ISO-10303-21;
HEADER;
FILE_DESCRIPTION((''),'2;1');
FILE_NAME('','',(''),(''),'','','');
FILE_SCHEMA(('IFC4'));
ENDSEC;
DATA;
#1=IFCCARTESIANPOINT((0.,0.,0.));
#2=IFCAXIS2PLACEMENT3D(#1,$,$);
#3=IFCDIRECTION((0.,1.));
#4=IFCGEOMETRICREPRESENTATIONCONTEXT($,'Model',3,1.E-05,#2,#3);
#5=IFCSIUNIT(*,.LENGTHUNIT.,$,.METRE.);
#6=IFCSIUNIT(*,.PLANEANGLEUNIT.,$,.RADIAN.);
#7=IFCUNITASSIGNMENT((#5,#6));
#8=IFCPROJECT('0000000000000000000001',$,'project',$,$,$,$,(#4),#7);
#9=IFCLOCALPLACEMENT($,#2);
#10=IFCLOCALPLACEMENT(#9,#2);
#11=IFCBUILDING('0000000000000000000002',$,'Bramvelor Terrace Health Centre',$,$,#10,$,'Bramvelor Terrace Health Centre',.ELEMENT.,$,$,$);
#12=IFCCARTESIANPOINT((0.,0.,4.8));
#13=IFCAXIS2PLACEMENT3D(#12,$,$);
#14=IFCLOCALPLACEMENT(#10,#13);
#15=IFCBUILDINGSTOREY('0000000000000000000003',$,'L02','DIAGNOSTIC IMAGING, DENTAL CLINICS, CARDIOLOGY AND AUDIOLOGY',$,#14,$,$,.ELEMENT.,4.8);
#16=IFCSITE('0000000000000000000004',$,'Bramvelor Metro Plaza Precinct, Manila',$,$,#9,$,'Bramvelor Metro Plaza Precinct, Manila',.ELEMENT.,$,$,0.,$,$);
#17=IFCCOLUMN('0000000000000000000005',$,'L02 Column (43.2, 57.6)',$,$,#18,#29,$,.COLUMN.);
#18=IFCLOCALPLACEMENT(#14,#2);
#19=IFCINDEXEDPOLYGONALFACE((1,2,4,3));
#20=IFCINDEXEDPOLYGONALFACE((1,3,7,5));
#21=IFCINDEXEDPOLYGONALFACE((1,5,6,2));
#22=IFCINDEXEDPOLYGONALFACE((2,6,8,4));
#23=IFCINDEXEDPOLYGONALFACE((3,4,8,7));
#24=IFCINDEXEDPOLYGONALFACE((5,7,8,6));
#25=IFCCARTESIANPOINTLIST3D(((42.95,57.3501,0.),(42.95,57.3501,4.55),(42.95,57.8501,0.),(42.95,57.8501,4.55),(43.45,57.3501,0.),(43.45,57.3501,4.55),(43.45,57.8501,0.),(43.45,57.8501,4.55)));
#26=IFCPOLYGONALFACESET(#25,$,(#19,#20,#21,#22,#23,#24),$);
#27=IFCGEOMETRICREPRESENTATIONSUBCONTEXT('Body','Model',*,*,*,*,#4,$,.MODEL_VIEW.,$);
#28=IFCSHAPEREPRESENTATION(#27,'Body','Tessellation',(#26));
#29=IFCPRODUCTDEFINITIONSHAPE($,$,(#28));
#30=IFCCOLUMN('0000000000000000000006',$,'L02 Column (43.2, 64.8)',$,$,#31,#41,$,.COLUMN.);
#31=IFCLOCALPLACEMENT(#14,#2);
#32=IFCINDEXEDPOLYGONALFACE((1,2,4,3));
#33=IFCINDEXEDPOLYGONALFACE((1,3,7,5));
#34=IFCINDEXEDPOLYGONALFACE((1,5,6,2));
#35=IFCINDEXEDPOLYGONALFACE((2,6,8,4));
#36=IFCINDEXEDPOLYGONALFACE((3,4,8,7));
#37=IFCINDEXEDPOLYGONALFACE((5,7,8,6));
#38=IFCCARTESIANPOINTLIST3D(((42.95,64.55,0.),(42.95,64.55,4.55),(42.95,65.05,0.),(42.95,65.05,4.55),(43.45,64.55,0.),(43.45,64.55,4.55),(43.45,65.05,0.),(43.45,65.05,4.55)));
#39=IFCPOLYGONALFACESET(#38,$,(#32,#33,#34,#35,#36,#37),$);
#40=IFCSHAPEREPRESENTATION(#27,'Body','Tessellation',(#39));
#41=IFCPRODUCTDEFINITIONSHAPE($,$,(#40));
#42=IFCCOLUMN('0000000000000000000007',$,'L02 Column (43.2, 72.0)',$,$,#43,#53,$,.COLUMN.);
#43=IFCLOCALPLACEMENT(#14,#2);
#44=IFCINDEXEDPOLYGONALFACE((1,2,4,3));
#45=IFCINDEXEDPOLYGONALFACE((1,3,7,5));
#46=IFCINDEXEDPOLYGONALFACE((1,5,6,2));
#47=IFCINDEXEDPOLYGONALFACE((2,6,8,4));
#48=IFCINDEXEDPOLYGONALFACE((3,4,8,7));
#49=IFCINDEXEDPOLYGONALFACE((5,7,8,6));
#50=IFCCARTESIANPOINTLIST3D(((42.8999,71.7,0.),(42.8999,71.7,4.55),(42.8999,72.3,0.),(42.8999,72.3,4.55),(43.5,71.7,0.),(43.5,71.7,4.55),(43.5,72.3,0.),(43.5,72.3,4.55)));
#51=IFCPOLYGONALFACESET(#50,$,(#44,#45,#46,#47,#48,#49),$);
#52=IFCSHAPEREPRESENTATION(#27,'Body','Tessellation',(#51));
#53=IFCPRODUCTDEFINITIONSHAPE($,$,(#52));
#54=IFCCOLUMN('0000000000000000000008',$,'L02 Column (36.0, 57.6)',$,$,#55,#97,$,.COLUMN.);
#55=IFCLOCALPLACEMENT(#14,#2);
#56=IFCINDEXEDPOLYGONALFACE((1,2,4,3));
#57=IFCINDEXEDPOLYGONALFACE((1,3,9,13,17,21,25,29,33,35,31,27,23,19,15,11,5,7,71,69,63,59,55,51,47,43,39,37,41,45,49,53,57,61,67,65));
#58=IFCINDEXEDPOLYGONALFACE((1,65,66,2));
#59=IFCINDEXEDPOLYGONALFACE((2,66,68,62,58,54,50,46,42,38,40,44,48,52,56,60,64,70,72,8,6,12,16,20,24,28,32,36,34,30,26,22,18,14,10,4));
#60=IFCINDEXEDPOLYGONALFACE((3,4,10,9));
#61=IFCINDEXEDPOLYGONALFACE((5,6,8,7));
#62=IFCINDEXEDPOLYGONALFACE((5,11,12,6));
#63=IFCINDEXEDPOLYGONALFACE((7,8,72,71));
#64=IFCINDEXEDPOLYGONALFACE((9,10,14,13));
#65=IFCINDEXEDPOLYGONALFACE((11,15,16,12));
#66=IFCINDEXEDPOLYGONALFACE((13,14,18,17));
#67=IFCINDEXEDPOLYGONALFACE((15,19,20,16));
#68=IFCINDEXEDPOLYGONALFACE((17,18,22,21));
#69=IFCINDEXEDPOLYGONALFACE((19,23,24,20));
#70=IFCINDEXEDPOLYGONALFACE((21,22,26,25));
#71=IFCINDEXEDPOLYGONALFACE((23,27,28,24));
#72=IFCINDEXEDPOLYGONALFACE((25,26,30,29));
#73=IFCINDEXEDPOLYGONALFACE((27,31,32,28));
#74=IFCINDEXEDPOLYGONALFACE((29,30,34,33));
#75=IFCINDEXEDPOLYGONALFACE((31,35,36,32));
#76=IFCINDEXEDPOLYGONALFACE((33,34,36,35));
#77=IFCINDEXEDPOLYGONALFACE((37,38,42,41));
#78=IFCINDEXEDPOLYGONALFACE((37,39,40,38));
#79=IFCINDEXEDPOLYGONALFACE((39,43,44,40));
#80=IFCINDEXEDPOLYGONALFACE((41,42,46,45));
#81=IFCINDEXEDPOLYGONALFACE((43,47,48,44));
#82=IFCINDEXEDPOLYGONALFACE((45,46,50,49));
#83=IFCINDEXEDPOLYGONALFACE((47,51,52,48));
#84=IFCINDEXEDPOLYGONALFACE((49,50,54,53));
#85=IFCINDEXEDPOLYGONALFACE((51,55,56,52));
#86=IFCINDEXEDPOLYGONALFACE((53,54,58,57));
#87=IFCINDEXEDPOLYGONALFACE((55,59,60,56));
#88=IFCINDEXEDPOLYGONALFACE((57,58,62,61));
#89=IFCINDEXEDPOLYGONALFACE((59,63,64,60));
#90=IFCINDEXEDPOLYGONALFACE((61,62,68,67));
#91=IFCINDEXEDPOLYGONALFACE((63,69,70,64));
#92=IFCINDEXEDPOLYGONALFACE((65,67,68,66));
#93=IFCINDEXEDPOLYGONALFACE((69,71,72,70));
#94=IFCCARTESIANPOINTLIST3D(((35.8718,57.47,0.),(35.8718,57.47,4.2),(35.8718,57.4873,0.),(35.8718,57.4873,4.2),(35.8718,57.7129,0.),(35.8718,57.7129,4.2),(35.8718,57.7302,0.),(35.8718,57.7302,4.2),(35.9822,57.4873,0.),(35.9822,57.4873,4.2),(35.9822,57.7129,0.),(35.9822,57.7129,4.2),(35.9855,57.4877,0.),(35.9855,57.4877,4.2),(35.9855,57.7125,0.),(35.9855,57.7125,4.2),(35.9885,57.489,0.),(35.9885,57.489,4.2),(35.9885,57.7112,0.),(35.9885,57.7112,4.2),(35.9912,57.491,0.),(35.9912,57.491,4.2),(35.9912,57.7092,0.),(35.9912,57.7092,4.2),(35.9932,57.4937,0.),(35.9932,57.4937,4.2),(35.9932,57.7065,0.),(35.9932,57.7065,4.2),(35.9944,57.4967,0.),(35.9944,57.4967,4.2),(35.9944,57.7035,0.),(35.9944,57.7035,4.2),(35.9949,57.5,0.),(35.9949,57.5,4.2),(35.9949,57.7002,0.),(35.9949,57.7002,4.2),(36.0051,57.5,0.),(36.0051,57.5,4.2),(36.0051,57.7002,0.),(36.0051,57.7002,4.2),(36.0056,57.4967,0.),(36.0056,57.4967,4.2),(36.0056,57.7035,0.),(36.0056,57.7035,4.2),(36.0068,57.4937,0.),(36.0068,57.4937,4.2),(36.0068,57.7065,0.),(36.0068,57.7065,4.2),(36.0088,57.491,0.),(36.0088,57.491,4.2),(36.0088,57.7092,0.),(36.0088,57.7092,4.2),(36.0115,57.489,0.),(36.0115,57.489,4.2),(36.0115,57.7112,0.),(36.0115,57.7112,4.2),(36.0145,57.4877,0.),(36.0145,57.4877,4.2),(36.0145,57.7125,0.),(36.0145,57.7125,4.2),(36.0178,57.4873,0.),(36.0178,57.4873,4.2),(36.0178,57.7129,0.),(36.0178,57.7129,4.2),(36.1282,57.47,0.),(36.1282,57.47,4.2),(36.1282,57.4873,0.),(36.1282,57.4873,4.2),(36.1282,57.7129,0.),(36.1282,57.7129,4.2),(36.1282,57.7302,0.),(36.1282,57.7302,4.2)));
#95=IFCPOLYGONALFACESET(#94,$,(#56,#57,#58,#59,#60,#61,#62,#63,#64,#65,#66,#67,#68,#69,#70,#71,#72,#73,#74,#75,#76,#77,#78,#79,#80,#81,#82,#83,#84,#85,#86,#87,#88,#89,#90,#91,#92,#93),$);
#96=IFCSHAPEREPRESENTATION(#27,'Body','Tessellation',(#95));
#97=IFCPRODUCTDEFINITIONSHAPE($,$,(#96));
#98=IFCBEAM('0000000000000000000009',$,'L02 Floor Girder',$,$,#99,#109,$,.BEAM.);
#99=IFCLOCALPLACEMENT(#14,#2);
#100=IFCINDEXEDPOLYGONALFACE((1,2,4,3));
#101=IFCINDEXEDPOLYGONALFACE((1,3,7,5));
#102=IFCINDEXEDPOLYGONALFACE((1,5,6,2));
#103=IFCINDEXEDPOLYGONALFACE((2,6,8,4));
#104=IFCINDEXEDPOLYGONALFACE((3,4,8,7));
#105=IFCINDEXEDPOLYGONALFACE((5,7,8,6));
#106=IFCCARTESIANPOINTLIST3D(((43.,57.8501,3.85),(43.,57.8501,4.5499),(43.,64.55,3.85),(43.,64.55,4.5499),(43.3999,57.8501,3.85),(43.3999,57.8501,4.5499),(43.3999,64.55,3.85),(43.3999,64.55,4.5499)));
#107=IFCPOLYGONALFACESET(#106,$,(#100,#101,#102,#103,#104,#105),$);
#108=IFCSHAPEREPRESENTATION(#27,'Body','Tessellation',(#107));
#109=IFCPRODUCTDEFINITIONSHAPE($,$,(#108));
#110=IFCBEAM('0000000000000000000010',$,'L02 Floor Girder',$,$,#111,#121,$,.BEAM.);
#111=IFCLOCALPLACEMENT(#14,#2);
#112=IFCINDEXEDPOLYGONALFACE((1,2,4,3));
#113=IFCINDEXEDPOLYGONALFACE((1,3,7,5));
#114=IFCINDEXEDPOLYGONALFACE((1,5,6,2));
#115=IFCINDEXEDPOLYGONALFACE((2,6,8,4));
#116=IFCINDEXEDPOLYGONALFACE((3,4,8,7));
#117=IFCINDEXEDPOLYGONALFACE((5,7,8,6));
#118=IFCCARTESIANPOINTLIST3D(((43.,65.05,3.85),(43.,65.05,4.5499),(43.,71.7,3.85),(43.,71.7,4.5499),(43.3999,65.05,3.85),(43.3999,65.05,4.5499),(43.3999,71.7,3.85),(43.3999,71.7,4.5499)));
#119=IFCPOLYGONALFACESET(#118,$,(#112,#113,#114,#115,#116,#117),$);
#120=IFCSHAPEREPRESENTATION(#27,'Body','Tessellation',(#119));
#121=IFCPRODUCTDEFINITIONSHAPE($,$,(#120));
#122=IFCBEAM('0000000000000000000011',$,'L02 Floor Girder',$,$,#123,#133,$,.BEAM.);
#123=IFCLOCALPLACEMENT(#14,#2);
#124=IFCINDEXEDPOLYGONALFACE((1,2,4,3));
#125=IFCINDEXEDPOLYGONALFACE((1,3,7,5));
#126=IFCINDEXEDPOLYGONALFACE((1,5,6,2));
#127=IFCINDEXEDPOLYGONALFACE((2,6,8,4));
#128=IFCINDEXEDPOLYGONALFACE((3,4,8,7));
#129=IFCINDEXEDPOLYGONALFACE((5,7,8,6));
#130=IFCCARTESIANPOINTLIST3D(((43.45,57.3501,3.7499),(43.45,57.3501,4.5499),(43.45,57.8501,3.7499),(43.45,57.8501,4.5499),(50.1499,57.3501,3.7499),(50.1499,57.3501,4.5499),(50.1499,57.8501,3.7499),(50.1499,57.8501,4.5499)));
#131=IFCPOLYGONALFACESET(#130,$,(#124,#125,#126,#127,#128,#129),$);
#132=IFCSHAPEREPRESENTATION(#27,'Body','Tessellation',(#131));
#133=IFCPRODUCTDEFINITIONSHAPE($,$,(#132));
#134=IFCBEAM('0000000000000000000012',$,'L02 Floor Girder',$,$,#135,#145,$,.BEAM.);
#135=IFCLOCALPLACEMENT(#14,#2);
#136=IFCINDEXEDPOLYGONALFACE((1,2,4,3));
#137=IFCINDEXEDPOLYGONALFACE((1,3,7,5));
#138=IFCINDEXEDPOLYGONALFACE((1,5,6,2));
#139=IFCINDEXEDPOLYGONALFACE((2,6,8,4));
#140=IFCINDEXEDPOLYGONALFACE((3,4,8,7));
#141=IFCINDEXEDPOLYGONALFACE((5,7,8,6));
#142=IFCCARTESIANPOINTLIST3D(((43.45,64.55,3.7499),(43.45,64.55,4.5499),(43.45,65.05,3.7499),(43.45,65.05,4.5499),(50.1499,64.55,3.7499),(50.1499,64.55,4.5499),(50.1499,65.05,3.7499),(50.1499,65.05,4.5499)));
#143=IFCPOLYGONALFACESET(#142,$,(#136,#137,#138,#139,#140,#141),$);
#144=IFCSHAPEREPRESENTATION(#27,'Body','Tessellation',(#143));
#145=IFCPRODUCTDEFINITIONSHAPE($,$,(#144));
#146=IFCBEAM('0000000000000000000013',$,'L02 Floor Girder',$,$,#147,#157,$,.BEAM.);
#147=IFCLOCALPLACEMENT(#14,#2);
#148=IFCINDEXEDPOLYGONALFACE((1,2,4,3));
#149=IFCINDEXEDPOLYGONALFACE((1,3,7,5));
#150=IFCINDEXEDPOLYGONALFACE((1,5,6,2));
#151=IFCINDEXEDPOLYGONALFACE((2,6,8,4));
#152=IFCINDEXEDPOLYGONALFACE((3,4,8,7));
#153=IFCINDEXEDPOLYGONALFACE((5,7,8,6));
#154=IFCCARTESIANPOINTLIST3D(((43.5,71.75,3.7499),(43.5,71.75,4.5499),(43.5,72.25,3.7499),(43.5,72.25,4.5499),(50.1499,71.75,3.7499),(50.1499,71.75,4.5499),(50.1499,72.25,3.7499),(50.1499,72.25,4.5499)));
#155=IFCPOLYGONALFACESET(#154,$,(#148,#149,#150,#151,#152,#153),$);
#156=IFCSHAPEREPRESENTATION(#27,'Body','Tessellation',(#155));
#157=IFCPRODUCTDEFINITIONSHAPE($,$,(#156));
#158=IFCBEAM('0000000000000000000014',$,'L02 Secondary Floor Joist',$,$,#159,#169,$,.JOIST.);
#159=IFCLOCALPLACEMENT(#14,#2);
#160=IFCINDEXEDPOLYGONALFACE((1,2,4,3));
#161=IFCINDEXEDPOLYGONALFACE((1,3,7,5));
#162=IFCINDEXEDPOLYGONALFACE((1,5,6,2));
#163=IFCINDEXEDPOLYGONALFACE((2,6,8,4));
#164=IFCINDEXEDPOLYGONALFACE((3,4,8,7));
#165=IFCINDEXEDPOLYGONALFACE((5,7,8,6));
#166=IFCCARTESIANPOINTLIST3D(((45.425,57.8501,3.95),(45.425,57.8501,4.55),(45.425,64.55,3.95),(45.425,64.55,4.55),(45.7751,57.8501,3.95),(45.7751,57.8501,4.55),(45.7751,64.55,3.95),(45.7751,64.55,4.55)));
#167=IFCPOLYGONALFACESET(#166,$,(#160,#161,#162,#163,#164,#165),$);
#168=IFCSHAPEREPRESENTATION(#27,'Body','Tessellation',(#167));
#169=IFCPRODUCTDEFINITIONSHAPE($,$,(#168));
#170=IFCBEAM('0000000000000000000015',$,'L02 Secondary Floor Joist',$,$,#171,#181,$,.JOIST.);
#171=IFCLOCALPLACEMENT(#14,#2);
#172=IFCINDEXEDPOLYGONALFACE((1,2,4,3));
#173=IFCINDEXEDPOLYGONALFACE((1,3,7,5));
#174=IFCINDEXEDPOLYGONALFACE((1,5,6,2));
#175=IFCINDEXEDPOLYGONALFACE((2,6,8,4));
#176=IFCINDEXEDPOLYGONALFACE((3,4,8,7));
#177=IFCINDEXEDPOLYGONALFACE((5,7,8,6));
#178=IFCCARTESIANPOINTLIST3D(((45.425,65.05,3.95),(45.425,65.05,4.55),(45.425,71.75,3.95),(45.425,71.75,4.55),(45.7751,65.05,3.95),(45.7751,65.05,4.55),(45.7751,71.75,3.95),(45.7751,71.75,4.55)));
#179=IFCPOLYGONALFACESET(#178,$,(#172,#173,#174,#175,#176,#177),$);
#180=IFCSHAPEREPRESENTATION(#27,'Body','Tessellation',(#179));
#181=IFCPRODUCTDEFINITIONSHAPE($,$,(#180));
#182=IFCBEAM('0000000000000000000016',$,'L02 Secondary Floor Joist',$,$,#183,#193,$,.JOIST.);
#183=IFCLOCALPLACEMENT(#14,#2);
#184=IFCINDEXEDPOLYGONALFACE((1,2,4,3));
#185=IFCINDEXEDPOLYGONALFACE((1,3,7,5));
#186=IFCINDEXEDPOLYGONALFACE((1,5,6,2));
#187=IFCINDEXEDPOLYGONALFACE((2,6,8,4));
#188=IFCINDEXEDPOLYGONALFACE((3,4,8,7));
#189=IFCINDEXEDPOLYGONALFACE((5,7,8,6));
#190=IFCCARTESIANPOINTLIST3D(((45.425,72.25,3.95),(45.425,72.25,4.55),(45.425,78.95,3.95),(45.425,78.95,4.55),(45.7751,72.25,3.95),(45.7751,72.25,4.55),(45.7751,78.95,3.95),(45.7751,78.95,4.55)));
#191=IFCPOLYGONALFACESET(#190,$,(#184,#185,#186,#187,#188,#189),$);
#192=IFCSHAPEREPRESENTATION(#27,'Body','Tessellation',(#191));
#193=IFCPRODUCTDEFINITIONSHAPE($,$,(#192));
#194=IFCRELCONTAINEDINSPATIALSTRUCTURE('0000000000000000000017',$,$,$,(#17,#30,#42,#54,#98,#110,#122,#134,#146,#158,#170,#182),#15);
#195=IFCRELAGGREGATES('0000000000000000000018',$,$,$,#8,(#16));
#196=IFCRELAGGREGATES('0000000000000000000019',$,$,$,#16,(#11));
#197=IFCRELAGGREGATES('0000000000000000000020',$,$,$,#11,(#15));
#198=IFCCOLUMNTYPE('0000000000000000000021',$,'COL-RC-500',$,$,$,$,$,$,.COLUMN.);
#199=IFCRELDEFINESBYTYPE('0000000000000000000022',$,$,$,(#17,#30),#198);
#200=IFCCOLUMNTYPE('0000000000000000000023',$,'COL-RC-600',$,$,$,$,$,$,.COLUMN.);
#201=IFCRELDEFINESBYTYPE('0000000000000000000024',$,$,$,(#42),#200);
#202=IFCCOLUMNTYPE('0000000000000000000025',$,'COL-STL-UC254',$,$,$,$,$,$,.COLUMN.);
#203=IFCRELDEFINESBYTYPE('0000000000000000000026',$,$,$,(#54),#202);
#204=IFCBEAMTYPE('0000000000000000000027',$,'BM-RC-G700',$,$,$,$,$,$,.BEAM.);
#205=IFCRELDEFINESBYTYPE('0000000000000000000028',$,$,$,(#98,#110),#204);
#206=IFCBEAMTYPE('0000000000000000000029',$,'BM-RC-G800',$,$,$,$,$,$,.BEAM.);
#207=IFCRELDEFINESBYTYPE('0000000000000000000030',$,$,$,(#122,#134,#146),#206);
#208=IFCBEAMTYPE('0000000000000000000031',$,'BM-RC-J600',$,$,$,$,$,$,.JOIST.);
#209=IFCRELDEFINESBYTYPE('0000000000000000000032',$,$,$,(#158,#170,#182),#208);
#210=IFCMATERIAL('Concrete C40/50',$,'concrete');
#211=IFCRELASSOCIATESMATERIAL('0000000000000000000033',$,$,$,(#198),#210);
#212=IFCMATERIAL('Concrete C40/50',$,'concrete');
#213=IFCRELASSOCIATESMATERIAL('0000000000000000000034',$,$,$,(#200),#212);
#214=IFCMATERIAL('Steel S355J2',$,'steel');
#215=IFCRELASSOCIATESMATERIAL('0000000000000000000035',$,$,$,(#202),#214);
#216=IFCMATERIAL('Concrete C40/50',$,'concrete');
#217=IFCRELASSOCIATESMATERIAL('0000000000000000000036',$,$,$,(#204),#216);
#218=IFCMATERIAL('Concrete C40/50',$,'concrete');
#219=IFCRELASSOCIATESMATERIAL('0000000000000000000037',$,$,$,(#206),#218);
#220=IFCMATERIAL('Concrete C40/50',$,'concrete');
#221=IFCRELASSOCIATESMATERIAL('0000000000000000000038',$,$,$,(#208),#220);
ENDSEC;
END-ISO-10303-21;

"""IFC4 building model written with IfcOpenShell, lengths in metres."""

from ifc_helpers import new_model, si_unit, direction, frame, origin, origin_2d, place, context, subcontext, project, spatial, rectangle, i_section, extrude, material, material_profile, profile_set, type_object, element, save


model = new_model("IFC4")

# Units and contexts
model_context = context("Model", 3, precision=1e-05, world=origin(), true_north=direction((0.0, 1.0)))
body_context = subcontext(model_context, "Body", "Model", "MODEL_VIEW")
ifc_project = project(units=[si_unit("LENGTHUNIT", "METRE"), si_unit("PLANEANGLEUNIT", "RADIAN")], contexts=[model_context])

# Site, building, storey
site_placement = place(None, origin())
site = spatial("IfcSite", under=ifc_project, at=site_placement, Name="Bramvelor Metro Plaza Precinct, Manila", LongName="Bramvelor Metro Plaza Precinct, Manila", CompositionType="ELEMENT", RefElevation=0.0)
building_placement = place(site_placement, origin())
building = spatial("IfcBuilding", under=site, at=building_placement, Name="Bramvelor Terrace Health Centre", LongName="Bramvelor Terrace Health Centre", CompositionType="ELEMENT")
storey_placement = place(building_placement, frame((0.0, 0.0, 4.8)))
storey = spatial("IfcBuildingStorey", under=building, at=storey_placement, Name="L02", Description="DIAGNOSTIC IMAGING, DENTAL CLINICS, CARDIOLOGY AND AUDIOLOGY", CompositionType="ELEMENT", Elevation=4.8)

# Columns
ifc_material_1 = material(Name="Concrete C40/50", Category="concrete")
ifc_material_profile_1 = material_profile(ifc_material_1, rectangle(XDim=0.5, YDim=0.5, at=origin_2d()), Name="RC 500x500")
ifc_profile_set_1 = profile_set([ifc_material_profile_1], Name="Concrete C40/50")
column_type_1 = type_object("IfcColumnType", Name="COL-RC-500", PredefinedType="COLUMN", material=ifc_profile_set_1)
for number, where, z_axis, x_axis, name in (
    (1, (43.2, 57.6001, 0.0), (0.0, 0.0, 1.0), (1.0, 0.0, 0.0), "L02 Column (43.2, 57.6)"),
    (2, (43.2, 64.8, 0.0), (0.0, 0.0, 1.0), (1.0, 0.0, 0.0), "L02 Column (43.2, 64.8)"),
):
    element("IfcColumn", number, at=place(storey_placement, frame(where, z_axis=z_axis, x_axis=x_axis)), inside=storey, type_object=column_type_1, Name=name, PredefinedType="COLUMN", context=body_context, shape_type="SweptSolid", body=[
        extrude(rectangle(XDim=0.5, YDim=0.5, at=origin_2d()), origin(), (0.0, 0.0, 1.0), 4.55),
    ])
ifc_material_2 = material(Name="Concrete C40/50", Category="concrete")
ifc_material_profile_2 = material_profile(ifc_material_2, rectangle(XDim=0.6001, YDim=0.6001, at=origin_2d()), Name="RC 600x600")
ifc_profile_set_2 = profile_set([ifc_material_profile_2], Name="Concrete C40/50")
column_type_2 = type_object("IfcColumnType", Name="COL-RC-600", PredefinedType="COLUMN", material=ifc_profile_set_2)
column_1_placement = place(storey_placement, frame((43.2, 72.0, 0.0), z_axis=(0.0, 0.0, 1.0), x_axis=(1.0, 0.0, 0.0)))
element("IfcColumn", 3, at=column_1_placement, inside=storey, type_object=column_type_2, Name="L02 Column (43.2, 72.0)", PredefinedType="COLUMN", context=body_context, shape_type="SweptSolid", body=[
    extrude(rectangle(XDim=0.6001, YDim=0.6001, at=origin_2d()), origin(), (0.0, 0.0, 1.0), 4.55),
])
ifc_material_3 = material(Name="Steel S355J2", Category="steel")
ifc_material_profile_3 = material_profile(ifc_material_3, i_section(OverallWidth=0.2563, OverallDepth=0.2603, WebThickness=0.0103, FlangeThickness=0.0173, FilletRadius=0.0127, at=origin_2d()), Name="UC 254x254x89")
ifc_profile_set_3 = profile_set([ifc_material_profile_3], Name="Steel S355J2")
column_type_3 = type_object("IfcColumnType", Name="COL-STL-UC254", PredefinedType="COLUMN", material=ifc_profile_set_3)
column_2_placement = place(storey_placement, frame((36.0, 57.6001, 0.0), z_axis=(0.0, 0.0, 1.0), x_axis=(1.0, 0.0, 0.0)))
element("IfcColumn", 4, at=column_2_placement, inside=storey, type_object=column_type_3, Name="L02 Column (36.0, 57.6)", PredefinedType="COLUMN", context=body_context, shape_type="SweptSolid", body=[
    extrude(i_section(OverallWidth=0.2563, OverallDepth=0.2603, WebThickness=0.0103, FlangeThickness=0.0173, FilletRadius=0.0127, at=origin_2d()), origin(), (0.0, 0.0, 1.0), 4.2),
])

# Beams
ifc_material_4 = material(Name="Concrete C40/50", Category="concrete")
ifc_material_profile_4 = material_profile(ifc_material_4, rectangle(XDim=0.3999, YDim=0.7, at=origin_2d()), Name="RC 400x700")
ifc_profile_set_4 = profile_set([ifc_material_profile_4], Name="Concrete C40/50")
beam_type_1 = type_object("IfcBeamType", Name="BM-RC-G700", PredefinedType="BEAM", material=ifc_profile_set_4)
beam_1_placement = place(storey_placement, frame((43.2, 57.8501, 4.2), z_axis=(0.0, 1.0, 0.0), x_axis=(-1.0, 0.0, 0.0)))
element("IfcBeam", 5, at=beam_1_placement, inside=storey, type_object=beam_type_1, Name="L02 Floor Girder", PredefinedType="BEAM", context=body_context, shape_type="SweptSolid", body=[
    extrude(rectangle(XDim=0.3999, YDim=0.7, at=origin_2d()), origin(), (0.0, 0.0, 1.0), 6.7),
])
beam_2_placement = place(storey_placement, frame((43.2, 65.05, 4.2), z_axis=(0.0, 1.0, 0.0), x_axis=(-1.0, 0.0, 0.0)))
element("IfcBeam", 6, at=beam_2_placement, inside=storey, type_object=beam_type_1, Name="L02 Floor Girder", PredefinedType="BEAM", context=body_context, shape_type="SweptSolid", body=[
    extrude(rectangle(XDim=0.3999, YDim=0.7, at=origin_2d()), origin(), (0.0, 0.0, 1.0), 6.6499),
])
ifc_material_5 = material(Name="Concrete C40/50", Category="concrete")
ifc_material_profile_5 = material_profile(ifc_material_5, rectangle(XDim=0.5, YDim=0.8, at=origin_2d()), Name="RC 500x800")
ifc_profile_set_5 = profile_set([ifc_material_profile_5], Name="Concrete C40/50")
beam_type_2 = type_object("IfcBeamType", Name="BM-RC-G800", PredefinedType="BEAM", material=ifc_profile_set_5)
for number, where, z_axis, x_axis, name in (
    (7, (43.45, 57.6001, 4.1499), (1.0, 0.0, 0.0), (0.0, 1.0, 0.0), "L02 Floor Girder"),
    (8, (43.45, 64.8, 4.1499), (1.0, 0.0, 0.0), (0.0, 1.0, 0.0), "L02 Floor Girder"),
):
    element("IfcBeam", number, at=place(storey_placement, frame(where, z_axis=z_axis, x_axis=x_axis)), inside=storey, type_object=beam_type_2, Name=name, PredefinedType="BEAM", context=body_context, shape_type="SweptSolid", body=[
        extrude(rectangle(XDim=0.5, YDim=0.8, at=origin_2d()), origin(), (0.0, 0.0, 1.0), 6.7),
    ])
beam_3_placement = place(storey_placement, frame((43.5, 72.0, 4.1499), z_axis=(1.0, 0.0, 0.0), x_axis=(0.0, 1.0, 0.0)))
element("IfcBeam", 9, at=beam_3_placement, inside=storey, type_object=beam_type_2, Name="L02 Floor Girder", PredefinedType="BEAM", context=body_context, shape_type="SweptSolid", body=[
    extrude(rectangle(XDim=0.5, YDim=0.8, at=origin_2d()), origin(), (0.0, 0.0, 1.0), 6.6499),
])
ifc_material_6 = material(Name="Concrete C40/50", Category="concrete")
ifc_material_profile_6 = material_profile(ifc_material_6, rectangle(XDim=0.3501, YDim=0.6001, at=origin_2d()), Name="RC 350x600")
ifc_profile_set_6 = profile_set([ifc_material_profile_6], Name="Concrete C40/50")
beam_type_3 = type_object("IfcBeamType", Name="BM-RC-J600", PredefinedType="JOIST", material=ifc_profile_set_6)
for number, where, z_axis, x_axis, name in (
    (10, (45.6001, 57.8501, 4.25), (0.0, 1.0, 0.0), (-1.0, 0.0, 0.0), "L02 Secondary Floor Joist"),
    (11, (45.6001, 65.05, 4.25), (0.0, 1.0, 0.0), (-1.0, 0.0, 0.0), "L02 Secondary Floor Joist"),
    (12, (45.6001, 72.25, 4.25), (0.0, 1.0, 0.0), (-1.0, 0.0, 0.0), "L02 Secondary Floor Joist"),
):
    element("IfcBeam", number, at=place(storey_placement, frame(where, z_axis=z_axis, x_axis=x_axis)), inside=storey, type_object=beam_type_3, Name=name, PredefinedType="JOIST", context=body_context, shape_type="SweptSolid", body=[
        extrude(rectangle(XDim=0.3501, YDim=0.6001, at=origin_2d()), origin(), (0.0, 0.0, 1.0), 6.7),
    ])

save(model, "model.ifc")
